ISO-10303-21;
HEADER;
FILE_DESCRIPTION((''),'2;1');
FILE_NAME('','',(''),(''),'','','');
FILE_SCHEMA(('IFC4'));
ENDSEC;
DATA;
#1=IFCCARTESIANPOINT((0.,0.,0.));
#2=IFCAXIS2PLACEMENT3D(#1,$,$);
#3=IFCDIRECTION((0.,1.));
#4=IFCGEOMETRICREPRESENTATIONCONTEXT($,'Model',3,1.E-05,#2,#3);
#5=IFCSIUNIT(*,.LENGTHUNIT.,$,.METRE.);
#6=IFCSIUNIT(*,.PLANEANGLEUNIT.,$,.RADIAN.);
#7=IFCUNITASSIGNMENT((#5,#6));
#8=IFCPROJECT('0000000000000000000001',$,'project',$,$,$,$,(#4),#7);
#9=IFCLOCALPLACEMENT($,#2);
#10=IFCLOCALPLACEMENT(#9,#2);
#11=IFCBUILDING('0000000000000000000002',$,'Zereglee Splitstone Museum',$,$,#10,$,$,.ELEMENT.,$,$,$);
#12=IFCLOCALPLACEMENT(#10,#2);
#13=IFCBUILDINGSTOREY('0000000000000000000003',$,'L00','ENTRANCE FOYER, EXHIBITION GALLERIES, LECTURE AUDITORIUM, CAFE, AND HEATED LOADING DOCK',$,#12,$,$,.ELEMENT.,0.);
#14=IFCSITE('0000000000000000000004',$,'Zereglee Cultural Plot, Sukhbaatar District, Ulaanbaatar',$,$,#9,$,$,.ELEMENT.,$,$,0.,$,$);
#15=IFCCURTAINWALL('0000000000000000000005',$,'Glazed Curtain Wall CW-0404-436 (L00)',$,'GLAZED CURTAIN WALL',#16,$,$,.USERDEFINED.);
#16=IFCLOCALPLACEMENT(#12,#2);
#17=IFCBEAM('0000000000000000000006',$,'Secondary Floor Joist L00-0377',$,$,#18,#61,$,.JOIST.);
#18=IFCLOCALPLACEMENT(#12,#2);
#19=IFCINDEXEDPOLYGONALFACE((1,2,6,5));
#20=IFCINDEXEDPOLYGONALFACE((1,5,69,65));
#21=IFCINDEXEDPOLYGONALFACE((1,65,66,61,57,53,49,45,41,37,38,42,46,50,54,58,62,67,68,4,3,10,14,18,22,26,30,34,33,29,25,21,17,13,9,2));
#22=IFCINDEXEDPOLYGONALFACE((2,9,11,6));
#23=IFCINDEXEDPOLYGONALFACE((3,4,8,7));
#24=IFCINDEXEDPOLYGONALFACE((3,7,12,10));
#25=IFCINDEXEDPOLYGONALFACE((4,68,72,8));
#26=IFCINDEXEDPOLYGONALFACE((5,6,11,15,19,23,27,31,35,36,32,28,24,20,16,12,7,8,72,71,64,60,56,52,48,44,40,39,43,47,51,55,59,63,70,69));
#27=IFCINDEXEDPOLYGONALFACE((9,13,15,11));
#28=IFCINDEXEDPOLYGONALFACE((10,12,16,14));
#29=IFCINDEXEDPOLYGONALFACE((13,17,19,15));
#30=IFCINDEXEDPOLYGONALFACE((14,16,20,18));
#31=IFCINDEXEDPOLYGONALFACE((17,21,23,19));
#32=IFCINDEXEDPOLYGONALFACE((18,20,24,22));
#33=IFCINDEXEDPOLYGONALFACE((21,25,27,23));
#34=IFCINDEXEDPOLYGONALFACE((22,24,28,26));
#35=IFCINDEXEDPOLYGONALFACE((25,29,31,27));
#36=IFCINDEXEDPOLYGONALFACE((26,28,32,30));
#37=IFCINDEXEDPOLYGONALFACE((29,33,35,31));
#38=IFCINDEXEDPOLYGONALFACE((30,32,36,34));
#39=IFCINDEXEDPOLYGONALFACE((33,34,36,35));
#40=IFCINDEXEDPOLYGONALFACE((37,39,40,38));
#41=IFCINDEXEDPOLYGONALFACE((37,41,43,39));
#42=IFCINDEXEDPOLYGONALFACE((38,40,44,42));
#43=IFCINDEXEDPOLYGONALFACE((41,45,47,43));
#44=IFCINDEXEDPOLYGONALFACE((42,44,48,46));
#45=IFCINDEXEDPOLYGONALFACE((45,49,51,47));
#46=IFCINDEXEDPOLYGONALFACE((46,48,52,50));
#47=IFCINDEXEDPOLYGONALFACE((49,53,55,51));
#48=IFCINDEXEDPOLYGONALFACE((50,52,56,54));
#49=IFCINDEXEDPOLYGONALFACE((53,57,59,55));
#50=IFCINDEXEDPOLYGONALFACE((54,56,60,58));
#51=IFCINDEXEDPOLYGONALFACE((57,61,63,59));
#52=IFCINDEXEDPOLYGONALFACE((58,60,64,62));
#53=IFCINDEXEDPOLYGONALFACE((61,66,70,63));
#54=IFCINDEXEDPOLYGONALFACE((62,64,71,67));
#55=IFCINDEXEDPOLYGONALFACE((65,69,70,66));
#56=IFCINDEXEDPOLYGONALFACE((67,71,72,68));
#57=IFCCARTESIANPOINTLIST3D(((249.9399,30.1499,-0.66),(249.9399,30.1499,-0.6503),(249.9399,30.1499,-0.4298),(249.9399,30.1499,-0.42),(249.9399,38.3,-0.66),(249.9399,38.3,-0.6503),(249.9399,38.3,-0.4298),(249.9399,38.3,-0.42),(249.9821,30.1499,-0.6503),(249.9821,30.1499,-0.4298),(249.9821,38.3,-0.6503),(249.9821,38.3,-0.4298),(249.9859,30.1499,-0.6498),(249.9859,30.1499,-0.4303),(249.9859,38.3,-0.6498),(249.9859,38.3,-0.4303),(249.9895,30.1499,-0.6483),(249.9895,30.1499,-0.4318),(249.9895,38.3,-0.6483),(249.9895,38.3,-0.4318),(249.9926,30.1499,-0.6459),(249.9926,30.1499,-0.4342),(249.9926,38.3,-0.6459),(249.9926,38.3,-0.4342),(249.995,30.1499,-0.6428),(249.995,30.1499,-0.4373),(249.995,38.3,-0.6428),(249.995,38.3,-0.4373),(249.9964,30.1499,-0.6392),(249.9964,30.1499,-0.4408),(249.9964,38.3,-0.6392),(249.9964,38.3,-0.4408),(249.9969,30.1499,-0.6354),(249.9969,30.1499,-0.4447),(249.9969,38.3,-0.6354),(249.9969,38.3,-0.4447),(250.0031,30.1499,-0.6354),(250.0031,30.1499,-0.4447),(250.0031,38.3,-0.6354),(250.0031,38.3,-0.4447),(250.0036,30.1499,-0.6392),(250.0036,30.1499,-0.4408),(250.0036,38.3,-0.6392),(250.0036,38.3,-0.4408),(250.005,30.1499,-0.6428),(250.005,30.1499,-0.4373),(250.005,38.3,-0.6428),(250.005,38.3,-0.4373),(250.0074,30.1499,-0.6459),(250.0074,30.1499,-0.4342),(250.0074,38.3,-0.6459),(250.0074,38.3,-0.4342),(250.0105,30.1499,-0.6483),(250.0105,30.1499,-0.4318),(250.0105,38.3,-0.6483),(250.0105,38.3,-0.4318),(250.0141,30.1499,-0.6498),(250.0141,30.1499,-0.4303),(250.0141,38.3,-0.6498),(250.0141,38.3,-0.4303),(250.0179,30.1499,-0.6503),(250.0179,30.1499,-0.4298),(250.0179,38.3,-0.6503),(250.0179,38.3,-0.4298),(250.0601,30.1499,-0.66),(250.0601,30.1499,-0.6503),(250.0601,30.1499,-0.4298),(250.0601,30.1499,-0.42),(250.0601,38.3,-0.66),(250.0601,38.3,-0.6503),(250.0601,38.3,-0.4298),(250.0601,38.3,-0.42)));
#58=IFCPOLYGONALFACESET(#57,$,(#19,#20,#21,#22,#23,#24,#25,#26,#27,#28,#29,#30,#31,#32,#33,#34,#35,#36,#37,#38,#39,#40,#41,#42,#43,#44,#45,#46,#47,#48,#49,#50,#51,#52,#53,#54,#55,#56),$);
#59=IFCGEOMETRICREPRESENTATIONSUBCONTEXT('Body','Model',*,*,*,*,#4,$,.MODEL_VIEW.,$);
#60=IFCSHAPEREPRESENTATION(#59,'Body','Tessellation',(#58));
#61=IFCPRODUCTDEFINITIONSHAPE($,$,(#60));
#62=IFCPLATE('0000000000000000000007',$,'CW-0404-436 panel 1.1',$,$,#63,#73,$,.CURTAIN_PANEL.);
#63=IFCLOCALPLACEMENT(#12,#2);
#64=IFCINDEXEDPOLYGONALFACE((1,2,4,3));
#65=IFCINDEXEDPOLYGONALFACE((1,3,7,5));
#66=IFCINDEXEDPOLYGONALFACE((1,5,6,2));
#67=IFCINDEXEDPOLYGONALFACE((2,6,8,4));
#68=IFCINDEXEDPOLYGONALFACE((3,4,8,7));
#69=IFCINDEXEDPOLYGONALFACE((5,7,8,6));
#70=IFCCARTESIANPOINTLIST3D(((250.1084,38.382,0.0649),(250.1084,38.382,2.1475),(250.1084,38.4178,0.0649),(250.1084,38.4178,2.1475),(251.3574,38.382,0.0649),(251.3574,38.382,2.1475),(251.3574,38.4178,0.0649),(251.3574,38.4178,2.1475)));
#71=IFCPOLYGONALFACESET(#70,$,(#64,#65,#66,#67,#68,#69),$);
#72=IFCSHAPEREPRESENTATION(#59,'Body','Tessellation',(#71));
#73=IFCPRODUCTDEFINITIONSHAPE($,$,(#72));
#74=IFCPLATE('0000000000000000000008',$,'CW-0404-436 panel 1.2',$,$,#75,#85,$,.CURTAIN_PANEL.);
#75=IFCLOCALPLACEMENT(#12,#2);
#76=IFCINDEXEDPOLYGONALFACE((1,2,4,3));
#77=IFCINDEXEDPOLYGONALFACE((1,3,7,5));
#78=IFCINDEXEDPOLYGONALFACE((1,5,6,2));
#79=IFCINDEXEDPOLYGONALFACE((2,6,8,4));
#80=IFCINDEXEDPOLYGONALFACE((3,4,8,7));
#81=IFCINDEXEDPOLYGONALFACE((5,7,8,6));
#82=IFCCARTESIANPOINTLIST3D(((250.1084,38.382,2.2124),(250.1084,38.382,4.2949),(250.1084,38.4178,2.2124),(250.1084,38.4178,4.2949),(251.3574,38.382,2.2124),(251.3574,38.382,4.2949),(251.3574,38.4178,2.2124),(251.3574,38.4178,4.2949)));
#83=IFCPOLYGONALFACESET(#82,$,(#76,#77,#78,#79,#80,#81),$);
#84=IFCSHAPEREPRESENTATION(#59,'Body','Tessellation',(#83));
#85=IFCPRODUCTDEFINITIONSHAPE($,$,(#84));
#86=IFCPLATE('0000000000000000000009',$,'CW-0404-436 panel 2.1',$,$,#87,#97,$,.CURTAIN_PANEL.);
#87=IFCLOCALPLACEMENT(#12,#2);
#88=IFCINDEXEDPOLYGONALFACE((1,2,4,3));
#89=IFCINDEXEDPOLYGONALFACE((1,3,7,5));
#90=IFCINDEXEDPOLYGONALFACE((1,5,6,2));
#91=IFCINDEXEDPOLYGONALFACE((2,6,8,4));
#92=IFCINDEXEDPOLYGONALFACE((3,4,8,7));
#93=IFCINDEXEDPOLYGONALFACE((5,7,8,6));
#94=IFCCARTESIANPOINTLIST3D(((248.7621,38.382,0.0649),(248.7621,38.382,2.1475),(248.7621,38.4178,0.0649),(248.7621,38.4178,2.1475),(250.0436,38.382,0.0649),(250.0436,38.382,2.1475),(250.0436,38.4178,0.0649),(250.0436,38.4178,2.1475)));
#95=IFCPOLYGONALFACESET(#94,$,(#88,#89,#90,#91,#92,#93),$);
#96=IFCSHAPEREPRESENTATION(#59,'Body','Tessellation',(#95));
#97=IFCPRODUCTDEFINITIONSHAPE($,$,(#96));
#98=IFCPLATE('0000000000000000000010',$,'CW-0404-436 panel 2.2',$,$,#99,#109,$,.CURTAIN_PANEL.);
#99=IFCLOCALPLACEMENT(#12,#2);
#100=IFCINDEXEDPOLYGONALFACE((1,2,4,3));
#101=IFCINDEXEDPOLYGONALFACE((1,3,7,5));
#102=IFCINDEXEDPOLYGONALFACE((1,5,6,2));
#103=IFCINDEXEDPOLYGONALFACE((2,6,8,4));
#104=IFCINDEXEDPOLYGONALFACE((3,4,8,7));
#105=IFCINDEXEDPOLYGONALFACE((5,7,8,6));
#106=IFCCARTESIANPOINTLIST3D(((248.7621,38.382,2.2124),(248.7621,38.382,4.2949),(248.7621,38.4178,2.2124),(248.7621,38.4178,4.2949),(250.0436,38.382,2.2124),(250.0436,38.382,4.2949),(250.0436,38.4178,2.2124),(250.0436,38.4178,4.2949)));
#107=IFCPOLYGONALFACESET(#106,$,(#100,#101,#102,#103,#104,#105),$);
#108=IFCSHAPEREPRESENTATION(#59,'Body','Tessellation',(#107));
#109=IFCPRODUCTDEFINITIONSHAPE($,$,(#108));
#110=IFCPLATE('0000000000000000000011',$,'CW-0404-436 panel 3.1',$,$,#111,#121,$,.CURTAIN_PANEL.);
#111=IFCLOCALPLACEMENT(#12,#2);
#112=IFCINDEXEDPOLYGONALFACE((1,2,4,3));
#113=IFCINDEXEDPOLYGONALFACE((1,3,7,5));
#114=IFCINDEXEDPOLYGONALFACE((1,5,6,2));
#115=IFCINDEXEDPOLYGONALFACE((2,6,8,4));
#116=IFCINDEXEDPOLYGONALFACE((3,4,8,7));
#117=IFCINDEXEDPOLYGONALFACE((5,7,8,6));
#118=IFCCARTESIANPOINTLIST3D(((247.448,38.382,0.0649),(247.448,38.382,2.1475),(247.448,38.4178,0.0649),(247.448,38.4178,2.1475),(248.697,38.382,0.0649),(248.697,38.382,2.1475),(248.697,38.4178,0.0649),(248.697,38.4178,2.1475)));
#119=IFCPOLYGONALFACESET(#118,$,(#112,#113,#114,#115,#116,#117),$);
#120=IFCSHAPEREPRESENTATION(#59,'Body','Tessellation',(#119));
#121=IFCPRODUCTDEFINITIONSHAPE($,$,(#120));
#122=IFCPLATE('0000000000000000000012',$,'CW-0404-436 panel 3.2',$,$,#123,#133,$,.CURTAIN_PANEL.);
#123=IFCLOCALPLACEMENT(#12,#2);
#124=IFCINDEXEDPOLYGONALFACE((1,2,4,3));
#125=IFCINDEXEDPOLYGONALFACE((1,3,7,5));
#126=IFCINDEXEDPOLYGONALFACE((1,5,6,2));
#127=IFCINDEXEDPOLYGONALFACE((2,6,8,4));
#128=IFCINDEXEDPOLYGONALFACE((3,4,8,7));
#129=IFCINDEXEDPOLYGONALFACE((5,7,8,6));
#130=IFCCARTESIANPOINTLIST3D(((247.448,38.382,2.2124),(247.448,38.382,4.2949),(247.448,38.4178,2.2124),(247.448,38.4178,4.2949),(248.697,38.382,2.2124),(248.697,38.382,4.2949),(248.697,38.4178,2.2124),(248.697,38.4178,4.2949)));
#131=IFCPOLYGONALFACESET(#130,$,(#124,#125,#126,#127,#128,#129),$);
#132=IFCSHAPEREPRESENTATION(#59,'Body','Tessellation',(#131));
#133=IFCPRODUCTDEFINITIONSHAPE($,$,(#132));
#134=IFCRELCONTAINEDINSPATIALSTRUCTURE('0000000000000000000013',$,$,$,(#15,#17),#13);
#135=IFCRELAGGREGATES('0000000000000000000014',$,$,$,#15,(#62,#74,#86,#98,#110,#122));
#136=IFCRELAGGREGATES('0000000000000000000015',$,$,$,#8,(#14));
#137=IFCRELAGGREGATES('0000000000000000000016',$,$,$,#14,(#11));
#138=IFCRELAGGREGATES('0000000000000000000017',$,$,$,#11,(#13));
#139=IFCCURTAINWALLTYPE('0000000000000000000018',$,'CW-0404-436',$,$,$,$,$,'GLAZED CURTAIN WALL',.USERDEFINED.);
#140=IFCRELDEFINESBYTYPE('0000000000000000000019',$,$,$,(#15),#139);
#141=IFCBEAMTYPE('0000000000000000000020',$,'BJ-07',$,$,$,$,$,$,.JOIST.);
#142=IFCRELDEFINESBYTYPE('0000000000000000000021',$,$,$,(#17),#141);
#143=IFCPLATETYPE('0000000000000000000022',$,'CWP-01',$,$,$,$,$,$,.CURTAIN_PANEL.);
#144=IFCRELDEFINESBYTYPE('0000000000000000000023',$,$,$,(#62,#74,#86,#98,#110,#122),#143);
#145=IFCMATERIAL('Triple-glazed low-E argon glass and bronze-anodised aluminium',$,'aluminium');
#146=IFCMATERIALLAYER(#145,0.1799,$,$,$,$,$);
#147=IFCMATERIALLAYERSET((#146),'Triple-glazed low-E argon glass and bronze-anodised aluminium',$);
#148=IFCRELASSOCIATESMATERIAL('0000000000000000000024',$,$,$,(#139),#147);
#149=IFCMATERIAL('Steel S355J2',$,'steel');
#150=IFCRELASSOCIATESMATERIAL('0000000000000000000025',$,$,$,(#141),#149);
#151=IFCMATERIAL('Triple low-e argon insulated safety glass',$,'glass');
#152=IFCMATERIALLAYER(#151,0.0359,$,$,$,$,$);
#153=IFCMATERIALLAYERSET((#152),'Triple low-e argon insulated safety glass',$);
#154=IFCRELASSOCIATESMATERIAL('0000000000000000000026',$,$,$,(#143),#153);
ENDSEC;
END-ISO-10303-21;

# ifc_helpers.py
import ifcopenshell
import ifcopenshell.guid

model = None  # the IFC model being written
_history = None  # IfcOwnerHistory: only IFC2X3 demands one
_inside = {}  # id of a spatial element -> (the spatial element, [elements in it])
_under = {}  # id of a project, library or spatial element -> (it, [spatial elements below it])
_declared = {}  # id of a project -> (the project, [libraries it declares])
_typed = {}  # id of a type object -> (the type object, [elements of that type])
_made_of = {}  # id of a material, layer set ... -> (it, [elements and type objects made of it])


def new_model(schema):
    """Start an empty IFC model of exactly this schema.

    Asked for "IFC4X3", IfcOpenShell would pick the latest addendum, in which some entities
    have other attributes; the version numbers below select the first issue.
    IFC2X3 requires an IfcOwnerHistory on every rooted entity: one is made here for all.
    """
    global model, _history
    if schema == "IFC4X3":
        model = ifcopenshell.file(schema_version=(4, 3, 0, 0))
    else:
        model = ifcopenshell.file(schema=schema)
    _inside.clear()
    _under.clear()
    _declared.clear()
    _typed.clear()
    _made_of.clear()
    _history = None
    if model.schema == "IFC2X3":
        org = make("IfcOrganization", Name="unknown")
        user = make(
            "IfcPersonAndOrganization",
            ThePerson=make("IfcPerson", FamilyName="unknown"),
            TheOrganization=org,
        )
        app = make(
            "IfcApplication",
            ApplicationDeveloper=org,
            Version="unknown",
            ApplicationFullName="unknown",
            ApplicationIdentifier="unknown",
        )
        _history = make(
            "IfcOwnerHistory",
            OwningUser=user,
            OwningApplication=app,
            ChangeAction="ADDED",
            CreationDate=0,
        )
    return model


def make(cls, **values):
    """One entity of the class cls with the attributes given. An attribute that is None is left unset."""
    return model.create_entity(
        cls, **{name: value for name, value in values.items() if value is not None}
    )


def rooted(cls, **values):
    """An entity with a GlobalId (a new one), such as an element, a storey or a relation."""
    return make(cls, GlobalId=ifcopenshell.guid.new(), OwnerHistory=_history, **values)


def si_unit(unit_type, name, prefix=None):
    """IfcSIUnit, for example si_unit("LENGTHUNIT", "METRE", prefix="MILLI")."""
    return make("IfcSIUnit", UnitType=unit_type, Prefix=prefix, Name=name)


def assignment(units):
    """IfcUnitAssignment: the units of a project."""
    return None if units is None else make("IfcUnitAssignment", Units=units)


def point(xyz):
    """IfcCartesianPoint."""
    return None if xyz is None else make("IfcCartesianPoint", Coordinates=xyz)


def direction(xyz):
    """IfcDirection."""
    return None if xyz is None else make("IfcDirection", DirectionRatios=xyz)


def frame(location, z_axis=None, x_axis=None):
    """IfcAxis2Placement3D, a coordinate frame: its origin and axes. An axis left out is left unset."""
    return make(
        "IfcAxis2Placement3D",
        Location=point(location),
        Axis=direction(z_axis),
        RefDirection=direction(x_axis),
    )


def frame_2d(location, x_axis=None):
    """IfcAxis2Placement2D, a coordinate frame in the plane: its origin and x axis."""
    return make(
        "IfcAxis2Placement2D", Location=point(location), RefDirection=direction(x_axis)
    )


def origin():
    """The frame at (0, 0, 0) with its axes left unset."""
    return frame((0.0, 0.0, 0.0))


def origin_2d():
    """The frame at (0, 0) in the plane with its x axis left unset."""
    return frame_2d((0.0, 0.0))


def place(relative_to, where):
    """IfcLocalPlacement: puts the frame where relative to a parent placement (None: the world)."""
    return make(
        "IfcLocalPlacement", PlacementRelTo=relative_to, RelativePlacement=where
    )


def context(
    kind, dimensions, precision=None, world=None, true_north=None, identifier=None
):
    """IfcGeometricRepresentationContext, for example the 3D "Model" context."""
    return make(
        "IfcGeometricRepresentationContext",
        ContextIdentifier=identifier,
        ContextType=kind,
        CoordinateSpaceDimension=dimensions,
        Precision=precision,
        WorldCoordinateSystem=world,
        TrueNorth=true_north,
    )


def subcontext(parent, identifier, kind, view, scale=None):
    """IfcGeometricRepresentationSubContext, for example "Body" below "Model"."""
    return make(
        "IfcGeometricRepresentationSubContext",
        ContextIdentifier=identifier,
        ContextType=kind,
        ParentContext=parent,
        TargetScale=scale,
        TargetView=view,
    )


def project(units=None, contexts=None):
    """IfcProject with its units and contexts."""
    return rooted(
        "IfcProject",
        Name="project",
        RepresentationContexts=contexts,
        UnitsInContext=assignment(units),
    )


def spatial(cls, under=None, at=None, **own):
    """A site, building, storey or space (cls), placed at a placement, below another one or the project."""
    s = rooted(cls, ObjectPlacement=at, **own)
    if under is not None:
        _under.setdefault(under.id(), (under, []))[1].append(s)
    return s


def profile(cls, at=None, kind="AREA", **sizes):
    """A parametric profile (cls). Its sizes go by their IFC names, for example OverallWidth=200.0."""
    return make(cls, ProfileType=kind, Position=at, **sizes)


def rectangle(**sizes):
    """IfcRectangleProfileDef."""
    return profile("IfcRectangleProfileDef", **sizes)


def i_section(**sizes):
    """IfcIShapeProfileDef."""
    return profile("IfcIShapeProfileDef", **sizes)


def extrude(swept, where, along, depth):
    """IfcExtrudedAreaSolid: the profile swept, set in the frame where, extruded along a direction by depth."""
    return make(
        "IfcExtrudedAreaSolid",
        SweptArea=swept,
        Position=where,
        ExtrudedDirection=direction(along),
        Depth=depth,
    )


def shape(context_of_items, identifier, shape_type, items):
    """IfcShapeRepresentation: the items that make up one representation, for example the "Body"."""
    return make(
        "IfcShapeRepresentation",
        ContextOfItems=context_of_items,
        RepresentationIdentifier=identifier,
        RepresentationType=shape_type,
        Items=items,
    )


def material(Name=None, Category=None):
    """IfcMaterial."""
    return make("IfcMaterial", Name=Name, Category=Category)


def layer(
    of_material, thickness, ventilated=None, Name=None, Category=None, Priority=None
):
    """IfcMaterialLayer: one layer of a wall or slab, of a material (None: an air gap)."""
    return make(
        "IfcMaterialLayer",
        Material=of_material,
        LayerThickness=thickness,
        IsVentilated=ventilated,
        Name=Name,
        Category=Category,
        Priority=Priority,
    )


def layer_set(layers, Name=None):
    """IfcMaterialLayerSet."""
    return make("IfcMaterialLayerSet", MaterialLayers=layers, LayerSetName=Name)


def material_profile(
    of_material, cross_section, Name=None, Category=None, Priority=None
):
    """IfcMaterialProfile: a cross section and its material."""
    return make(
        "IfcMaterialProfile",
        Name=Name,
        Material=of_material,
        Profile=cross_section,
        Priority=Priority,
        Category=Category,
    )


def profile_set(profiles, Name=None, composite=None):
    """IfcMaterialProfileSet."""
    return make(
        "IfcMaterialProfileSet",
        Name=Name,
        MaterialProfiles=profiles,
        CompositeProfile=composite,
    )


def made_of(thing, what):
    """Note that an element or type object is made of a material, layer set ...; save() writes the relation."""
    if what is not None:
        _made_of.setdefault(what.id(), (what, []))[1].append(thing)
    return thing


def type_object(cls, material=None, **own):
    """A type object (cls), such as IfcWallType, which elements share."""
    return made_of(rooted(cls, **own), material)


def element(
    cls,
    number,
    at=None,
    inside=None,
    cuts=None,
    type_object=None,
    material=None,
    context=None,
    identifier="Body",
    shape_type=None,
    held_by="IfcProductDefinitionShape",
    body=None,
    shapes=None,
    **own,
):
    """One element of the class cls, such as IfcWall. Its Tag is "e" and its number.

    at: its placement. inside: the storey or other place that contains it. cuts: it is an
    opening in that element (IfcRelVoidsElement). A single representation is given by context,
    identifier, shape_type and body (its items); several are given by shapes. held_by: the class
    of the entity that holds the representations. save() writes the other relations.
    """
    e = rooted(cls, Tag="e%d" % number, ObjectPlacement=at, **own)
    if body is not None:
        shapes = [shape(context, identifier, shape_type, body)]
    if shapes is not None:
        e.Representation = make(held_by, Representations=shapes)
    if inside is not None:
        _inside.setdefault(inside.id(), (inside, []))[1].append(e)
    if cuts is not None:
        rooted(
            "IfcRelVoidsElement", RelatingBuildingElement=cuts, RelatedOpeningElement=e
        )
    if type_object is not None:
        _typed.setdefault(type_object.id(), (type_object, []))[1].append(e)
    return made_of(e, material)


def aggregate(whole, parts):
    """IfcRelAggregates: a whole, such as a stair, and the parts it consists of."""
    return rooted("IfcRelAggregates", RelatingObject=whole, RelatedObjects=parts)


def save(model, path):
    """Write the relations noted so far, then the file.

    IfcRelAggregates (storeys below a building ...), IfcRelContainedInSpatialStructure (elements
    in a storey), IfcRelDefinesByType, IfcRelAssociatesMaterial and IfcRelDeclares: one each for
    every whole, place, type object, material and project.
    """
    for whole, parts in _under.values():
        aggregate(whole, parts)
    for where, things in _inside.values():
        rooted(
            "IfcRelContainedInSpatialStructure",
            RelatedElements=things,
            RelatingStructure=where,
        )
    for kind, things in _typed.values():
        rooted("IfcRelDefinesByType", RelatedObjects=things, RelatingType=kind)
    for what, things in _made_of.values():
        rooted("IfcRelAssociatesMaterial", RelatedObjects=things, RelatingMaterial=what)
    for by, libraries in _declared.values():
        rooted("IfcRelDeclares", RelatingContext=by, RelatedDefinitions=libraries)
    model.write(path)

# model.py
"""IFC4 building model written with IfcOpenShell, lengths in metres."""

from ifc_helpers import new_model, si_unit, direction, frame, origin, origin_2d, place, context, subcontext, project, spatial, rectangle, i_section, extrude, material, layer, layer_set, material_profile, profile_set, type_object, element, aggregate, save


model = new_model("IFC4")

# Units and contexts
model_context = context("Model", 3, precision=1e-05, world=origin(), true_north=direction((0.0, 1.0)))
body_context = subcontext(model_context, "Body", "Model", "MODEL_VIEW")
ifc_project = project(units=[si_unit("LENGTHUNIT", "METRE"), si_unit("PLANEANGLEUNIT", "RADIAN")], contexts=[model_context])

# Site, building, storey
site_placement = place(None, origin())
site = spatial("IfcSite", under=ifc_project, at=site_placement, Name="Zereglee Cultural Plot, Sukhbaatar District, Ulaanbaatar", CompositionType="ELEMENT", RefElevation=0.0)
building_placement = place(site_placement, origin())
building = spatial("IfcBuilding", under=site, at=building_placement, Name="Zereglee Splitstone Museum", CompositionType="ELEMENT")
storey_placement = place(building_placement, origin())
storey = spatial("IfcBuildingStorey", under=building, at=storey_placement, Name="L00", Description="ENTRANCE FOYER, EXHIBITION GALLERIES, LECTURE AUDITORIUM, CAFE, AND HEATED LOADING DOCK", CompositionType="ELEMENT", Elevation=0.0)

# Shared definitions
ifc_material_1 = material(Name="Triple-glazed low-E argon glass and bronze-anodised aluminium", Category="aluminium")

# Curtain wall
ifc_layer_1 = layer(ifc_material_1, 0.1799)
ifc_layer_set_1 = layer_set([ifc_layer_1], Name="Triple-glazed low-E argon glass and bronze-anodised aluminium")
curtain_wall_type_1 = type_object("IfcCurtainWallType", Name="CW-0404-436", ElementType="GLAZED CURTAIN WALL", PredefinedType="USERDEFINED", material=ifc_layer_set_1)
curtain_wall_1_placement = place(storey_placement, origin())
curtain_wall_1 = element("IfcCurtainWall", 1, at=curtain_wall_1_placement, inside=storey, type_object=curtain_wall_type_1, Name="Glazed Curtain Wall CW-0404-436 (L00)", ObjectType="GLAZED CURTAIN WALL", PredefinedType="USERDEFINED")

# Beam
ifc_material_2 = material(Name="Steel S355J2", Category="steel")
ifc_material_profile_1 = material_profile(ifc_material_2, i_section(OverallWidth=0.1201, OverallDepth=0.24, WebThickness=0.0061, FlangeThickness=0.0098, FilletRadius=0.0149, at=origin_2d()), Name="IPE 240")
ifc_profile_set_1 = profile_set([ifc_material_profile_1], Name="Steel S355J2")
beam_type = type_object("IfcBeamType", Name="BJ-07", PredefinedType="JOIST", material=ifc_profile_set_1)
beam_placement = place(storey_placement, frame((250.0, 30.1499, -0.54), z_axis=(0.0, 1.0, 0.0), x_axis=(-1.0, 0.0, 0.0)))
element("IfcBeam", 2, at=beam_placement, inside=storey, type_object=beam_type, Name="Secondary Floor Joist L00-0377", PredefinedType="JOIST", context=body_context, shape_type="SweptSolid", body=[
    extrude(i_section(OverallWidth=0.1201, OverallDepth=0.24, WebThickness=0.0061, FlangeThickness=0.0098, FilletRadius=0.0149, at=origin_2d()), origin(), (0.0, 0.0, 1.0), 8.1501),
])

# Plates
ifc_material_3 = material(Name="Triple low-e argon insulated safety glass", Category="glass")
ifc_layer_2 = layer(ifc_material_3, 0.0359)
ifc_layer_set_2 = layer_set([ifc_layer_2], Name="Triple low-e argon insulated safety glass")
plate_type = type_object("IfcPlateType", Name="CWP-01", PredefinedType="CURTAIN_PANEL", material=ifc_layer_set_2)
plate_1_placement = place(storey_placement, frame((250.7329, 38.3999, 0.0649), z_axis=(0.0, 0.0, 1.0), x_axis=(-1.0, 0.0, 0.0)))
plate_1 = element("IfcPlate", 3, at=plate_1_placement, type_object=plate_type, Name="CW-0404-436 panel 1.1", PredefinedType="CURTAIN_PANEL", context=body_context, shape_type="SweptSolid", body=[
    extrude(rectangle(XDim=1.249, YDim=0.0359, at=origin_2d()), origin(), (0.0, 0.0, 1.0), 2.0825),
])
plate_2_placement = place(storey_placement, frame((250.7329, 38.3999, 2.2124), z_axis=(0.0, 0.0, 1.0), x_axis=(-1.0, 0.0, 0.0)))
plate_2 = element("IfcPlate", 4, at=plate_2_placement, type_object=plate_type, Name="CW-0404-436 panel 1.2", PredefinedType="CURTAIN_PANEL", context=body_context, shape_type="SweptSolid", body=[
    extrude(rectangle(XDim=1.249, YDim=0.0359, at=origin_2d()), origin(), (0.0, 0.0, 1.0), 2.0825),
])
plate_3_placement = place(storey_placement, frame((249.4028, 38.3999, 0.0649), z_axis=(0.0, 0.0, 1.0), x_axis=(-1.0, 0.0, 0.0)))
plate_3 = element("IfcPlate", 5, at=plate_3_placement, type_object=plate_type, Name="CW-0404-436 panel 2.1", PredefinedType="CURTAIN_PANEL", context=body_context, shape_type="SweptSolid", body=[
    extrude(rectangle(XDim=1.2815, YDim=0.0359, at=origin_2d()), origin(), (0.0, 0.0, 1.0), 2.0825),
])
plate_4_placement = place(storey_placement, frame((249.4028, 38.3999, 2.2124), z_axis=(0.0, 0.0, 1.0), x_axis=(-1.0, 0.0, 0.0)))
plate_4 = element("IfcPlate", 6, at=plate_4_placement, type_object=plate_type, Name="CW-0404-436 panel 2.2", PredefinedType="CURTAIN_PANEL", context=body_context, shape_type="SweptSolid", body=[
    extrude(rectangle(XDim=1.2815, YDim=0.0359, at=origin_2d()), origin(), (0.0, 0.0, 1.0), 2.0825),
])
plate_5_placement = place(storey_placement, frame((248.0725, 38.3999, 0.0649), z_axis=(0.0, 0.0, 1.0), x_axis=(-1.0, 0.0, 0.0)))
plate_5 = element("IfcPlate", 7, at=plate_5_placement, type_object=plate_type, Name="CW-0404-436 panel 3.1", PredefinedType="CURTAIN_PANEL", context=body_context, shape_type="SweptSolid", body=[
    extrude(rectangle(XDim=1.249, YDim=0.0359, at=origin_2d()), origin(), (0.0, 0.0, 1.0), 2.0825),
])
plate_6_placement = place(storey_placement, frame((248.0725, 38.3999, 2.2124), z_axis=(0.0, 0.0, 1.0), x_axis=(-1.0, 0.0, 0.0)))
plate_6 = element("IfcPlate", 8, at=plate_6_placement, type_object=plate_type, Name="CW-0404-436 panel 3.2", PredefinedType="CURTAIN_PANEL", context=body_context, shape_type="SweptSolid", body=[
    extrude(rectangle(XDim=1.249, YDim=0.0359, at=origin_2d()), origin(), (0.0, 0.0, 1.0), 2.0825),
])
aggregate(curtain_wall_1, [plate_1, plate_2, plate_3, plate_4, plate_5, plate_6])

save(model, "model.ifc")
